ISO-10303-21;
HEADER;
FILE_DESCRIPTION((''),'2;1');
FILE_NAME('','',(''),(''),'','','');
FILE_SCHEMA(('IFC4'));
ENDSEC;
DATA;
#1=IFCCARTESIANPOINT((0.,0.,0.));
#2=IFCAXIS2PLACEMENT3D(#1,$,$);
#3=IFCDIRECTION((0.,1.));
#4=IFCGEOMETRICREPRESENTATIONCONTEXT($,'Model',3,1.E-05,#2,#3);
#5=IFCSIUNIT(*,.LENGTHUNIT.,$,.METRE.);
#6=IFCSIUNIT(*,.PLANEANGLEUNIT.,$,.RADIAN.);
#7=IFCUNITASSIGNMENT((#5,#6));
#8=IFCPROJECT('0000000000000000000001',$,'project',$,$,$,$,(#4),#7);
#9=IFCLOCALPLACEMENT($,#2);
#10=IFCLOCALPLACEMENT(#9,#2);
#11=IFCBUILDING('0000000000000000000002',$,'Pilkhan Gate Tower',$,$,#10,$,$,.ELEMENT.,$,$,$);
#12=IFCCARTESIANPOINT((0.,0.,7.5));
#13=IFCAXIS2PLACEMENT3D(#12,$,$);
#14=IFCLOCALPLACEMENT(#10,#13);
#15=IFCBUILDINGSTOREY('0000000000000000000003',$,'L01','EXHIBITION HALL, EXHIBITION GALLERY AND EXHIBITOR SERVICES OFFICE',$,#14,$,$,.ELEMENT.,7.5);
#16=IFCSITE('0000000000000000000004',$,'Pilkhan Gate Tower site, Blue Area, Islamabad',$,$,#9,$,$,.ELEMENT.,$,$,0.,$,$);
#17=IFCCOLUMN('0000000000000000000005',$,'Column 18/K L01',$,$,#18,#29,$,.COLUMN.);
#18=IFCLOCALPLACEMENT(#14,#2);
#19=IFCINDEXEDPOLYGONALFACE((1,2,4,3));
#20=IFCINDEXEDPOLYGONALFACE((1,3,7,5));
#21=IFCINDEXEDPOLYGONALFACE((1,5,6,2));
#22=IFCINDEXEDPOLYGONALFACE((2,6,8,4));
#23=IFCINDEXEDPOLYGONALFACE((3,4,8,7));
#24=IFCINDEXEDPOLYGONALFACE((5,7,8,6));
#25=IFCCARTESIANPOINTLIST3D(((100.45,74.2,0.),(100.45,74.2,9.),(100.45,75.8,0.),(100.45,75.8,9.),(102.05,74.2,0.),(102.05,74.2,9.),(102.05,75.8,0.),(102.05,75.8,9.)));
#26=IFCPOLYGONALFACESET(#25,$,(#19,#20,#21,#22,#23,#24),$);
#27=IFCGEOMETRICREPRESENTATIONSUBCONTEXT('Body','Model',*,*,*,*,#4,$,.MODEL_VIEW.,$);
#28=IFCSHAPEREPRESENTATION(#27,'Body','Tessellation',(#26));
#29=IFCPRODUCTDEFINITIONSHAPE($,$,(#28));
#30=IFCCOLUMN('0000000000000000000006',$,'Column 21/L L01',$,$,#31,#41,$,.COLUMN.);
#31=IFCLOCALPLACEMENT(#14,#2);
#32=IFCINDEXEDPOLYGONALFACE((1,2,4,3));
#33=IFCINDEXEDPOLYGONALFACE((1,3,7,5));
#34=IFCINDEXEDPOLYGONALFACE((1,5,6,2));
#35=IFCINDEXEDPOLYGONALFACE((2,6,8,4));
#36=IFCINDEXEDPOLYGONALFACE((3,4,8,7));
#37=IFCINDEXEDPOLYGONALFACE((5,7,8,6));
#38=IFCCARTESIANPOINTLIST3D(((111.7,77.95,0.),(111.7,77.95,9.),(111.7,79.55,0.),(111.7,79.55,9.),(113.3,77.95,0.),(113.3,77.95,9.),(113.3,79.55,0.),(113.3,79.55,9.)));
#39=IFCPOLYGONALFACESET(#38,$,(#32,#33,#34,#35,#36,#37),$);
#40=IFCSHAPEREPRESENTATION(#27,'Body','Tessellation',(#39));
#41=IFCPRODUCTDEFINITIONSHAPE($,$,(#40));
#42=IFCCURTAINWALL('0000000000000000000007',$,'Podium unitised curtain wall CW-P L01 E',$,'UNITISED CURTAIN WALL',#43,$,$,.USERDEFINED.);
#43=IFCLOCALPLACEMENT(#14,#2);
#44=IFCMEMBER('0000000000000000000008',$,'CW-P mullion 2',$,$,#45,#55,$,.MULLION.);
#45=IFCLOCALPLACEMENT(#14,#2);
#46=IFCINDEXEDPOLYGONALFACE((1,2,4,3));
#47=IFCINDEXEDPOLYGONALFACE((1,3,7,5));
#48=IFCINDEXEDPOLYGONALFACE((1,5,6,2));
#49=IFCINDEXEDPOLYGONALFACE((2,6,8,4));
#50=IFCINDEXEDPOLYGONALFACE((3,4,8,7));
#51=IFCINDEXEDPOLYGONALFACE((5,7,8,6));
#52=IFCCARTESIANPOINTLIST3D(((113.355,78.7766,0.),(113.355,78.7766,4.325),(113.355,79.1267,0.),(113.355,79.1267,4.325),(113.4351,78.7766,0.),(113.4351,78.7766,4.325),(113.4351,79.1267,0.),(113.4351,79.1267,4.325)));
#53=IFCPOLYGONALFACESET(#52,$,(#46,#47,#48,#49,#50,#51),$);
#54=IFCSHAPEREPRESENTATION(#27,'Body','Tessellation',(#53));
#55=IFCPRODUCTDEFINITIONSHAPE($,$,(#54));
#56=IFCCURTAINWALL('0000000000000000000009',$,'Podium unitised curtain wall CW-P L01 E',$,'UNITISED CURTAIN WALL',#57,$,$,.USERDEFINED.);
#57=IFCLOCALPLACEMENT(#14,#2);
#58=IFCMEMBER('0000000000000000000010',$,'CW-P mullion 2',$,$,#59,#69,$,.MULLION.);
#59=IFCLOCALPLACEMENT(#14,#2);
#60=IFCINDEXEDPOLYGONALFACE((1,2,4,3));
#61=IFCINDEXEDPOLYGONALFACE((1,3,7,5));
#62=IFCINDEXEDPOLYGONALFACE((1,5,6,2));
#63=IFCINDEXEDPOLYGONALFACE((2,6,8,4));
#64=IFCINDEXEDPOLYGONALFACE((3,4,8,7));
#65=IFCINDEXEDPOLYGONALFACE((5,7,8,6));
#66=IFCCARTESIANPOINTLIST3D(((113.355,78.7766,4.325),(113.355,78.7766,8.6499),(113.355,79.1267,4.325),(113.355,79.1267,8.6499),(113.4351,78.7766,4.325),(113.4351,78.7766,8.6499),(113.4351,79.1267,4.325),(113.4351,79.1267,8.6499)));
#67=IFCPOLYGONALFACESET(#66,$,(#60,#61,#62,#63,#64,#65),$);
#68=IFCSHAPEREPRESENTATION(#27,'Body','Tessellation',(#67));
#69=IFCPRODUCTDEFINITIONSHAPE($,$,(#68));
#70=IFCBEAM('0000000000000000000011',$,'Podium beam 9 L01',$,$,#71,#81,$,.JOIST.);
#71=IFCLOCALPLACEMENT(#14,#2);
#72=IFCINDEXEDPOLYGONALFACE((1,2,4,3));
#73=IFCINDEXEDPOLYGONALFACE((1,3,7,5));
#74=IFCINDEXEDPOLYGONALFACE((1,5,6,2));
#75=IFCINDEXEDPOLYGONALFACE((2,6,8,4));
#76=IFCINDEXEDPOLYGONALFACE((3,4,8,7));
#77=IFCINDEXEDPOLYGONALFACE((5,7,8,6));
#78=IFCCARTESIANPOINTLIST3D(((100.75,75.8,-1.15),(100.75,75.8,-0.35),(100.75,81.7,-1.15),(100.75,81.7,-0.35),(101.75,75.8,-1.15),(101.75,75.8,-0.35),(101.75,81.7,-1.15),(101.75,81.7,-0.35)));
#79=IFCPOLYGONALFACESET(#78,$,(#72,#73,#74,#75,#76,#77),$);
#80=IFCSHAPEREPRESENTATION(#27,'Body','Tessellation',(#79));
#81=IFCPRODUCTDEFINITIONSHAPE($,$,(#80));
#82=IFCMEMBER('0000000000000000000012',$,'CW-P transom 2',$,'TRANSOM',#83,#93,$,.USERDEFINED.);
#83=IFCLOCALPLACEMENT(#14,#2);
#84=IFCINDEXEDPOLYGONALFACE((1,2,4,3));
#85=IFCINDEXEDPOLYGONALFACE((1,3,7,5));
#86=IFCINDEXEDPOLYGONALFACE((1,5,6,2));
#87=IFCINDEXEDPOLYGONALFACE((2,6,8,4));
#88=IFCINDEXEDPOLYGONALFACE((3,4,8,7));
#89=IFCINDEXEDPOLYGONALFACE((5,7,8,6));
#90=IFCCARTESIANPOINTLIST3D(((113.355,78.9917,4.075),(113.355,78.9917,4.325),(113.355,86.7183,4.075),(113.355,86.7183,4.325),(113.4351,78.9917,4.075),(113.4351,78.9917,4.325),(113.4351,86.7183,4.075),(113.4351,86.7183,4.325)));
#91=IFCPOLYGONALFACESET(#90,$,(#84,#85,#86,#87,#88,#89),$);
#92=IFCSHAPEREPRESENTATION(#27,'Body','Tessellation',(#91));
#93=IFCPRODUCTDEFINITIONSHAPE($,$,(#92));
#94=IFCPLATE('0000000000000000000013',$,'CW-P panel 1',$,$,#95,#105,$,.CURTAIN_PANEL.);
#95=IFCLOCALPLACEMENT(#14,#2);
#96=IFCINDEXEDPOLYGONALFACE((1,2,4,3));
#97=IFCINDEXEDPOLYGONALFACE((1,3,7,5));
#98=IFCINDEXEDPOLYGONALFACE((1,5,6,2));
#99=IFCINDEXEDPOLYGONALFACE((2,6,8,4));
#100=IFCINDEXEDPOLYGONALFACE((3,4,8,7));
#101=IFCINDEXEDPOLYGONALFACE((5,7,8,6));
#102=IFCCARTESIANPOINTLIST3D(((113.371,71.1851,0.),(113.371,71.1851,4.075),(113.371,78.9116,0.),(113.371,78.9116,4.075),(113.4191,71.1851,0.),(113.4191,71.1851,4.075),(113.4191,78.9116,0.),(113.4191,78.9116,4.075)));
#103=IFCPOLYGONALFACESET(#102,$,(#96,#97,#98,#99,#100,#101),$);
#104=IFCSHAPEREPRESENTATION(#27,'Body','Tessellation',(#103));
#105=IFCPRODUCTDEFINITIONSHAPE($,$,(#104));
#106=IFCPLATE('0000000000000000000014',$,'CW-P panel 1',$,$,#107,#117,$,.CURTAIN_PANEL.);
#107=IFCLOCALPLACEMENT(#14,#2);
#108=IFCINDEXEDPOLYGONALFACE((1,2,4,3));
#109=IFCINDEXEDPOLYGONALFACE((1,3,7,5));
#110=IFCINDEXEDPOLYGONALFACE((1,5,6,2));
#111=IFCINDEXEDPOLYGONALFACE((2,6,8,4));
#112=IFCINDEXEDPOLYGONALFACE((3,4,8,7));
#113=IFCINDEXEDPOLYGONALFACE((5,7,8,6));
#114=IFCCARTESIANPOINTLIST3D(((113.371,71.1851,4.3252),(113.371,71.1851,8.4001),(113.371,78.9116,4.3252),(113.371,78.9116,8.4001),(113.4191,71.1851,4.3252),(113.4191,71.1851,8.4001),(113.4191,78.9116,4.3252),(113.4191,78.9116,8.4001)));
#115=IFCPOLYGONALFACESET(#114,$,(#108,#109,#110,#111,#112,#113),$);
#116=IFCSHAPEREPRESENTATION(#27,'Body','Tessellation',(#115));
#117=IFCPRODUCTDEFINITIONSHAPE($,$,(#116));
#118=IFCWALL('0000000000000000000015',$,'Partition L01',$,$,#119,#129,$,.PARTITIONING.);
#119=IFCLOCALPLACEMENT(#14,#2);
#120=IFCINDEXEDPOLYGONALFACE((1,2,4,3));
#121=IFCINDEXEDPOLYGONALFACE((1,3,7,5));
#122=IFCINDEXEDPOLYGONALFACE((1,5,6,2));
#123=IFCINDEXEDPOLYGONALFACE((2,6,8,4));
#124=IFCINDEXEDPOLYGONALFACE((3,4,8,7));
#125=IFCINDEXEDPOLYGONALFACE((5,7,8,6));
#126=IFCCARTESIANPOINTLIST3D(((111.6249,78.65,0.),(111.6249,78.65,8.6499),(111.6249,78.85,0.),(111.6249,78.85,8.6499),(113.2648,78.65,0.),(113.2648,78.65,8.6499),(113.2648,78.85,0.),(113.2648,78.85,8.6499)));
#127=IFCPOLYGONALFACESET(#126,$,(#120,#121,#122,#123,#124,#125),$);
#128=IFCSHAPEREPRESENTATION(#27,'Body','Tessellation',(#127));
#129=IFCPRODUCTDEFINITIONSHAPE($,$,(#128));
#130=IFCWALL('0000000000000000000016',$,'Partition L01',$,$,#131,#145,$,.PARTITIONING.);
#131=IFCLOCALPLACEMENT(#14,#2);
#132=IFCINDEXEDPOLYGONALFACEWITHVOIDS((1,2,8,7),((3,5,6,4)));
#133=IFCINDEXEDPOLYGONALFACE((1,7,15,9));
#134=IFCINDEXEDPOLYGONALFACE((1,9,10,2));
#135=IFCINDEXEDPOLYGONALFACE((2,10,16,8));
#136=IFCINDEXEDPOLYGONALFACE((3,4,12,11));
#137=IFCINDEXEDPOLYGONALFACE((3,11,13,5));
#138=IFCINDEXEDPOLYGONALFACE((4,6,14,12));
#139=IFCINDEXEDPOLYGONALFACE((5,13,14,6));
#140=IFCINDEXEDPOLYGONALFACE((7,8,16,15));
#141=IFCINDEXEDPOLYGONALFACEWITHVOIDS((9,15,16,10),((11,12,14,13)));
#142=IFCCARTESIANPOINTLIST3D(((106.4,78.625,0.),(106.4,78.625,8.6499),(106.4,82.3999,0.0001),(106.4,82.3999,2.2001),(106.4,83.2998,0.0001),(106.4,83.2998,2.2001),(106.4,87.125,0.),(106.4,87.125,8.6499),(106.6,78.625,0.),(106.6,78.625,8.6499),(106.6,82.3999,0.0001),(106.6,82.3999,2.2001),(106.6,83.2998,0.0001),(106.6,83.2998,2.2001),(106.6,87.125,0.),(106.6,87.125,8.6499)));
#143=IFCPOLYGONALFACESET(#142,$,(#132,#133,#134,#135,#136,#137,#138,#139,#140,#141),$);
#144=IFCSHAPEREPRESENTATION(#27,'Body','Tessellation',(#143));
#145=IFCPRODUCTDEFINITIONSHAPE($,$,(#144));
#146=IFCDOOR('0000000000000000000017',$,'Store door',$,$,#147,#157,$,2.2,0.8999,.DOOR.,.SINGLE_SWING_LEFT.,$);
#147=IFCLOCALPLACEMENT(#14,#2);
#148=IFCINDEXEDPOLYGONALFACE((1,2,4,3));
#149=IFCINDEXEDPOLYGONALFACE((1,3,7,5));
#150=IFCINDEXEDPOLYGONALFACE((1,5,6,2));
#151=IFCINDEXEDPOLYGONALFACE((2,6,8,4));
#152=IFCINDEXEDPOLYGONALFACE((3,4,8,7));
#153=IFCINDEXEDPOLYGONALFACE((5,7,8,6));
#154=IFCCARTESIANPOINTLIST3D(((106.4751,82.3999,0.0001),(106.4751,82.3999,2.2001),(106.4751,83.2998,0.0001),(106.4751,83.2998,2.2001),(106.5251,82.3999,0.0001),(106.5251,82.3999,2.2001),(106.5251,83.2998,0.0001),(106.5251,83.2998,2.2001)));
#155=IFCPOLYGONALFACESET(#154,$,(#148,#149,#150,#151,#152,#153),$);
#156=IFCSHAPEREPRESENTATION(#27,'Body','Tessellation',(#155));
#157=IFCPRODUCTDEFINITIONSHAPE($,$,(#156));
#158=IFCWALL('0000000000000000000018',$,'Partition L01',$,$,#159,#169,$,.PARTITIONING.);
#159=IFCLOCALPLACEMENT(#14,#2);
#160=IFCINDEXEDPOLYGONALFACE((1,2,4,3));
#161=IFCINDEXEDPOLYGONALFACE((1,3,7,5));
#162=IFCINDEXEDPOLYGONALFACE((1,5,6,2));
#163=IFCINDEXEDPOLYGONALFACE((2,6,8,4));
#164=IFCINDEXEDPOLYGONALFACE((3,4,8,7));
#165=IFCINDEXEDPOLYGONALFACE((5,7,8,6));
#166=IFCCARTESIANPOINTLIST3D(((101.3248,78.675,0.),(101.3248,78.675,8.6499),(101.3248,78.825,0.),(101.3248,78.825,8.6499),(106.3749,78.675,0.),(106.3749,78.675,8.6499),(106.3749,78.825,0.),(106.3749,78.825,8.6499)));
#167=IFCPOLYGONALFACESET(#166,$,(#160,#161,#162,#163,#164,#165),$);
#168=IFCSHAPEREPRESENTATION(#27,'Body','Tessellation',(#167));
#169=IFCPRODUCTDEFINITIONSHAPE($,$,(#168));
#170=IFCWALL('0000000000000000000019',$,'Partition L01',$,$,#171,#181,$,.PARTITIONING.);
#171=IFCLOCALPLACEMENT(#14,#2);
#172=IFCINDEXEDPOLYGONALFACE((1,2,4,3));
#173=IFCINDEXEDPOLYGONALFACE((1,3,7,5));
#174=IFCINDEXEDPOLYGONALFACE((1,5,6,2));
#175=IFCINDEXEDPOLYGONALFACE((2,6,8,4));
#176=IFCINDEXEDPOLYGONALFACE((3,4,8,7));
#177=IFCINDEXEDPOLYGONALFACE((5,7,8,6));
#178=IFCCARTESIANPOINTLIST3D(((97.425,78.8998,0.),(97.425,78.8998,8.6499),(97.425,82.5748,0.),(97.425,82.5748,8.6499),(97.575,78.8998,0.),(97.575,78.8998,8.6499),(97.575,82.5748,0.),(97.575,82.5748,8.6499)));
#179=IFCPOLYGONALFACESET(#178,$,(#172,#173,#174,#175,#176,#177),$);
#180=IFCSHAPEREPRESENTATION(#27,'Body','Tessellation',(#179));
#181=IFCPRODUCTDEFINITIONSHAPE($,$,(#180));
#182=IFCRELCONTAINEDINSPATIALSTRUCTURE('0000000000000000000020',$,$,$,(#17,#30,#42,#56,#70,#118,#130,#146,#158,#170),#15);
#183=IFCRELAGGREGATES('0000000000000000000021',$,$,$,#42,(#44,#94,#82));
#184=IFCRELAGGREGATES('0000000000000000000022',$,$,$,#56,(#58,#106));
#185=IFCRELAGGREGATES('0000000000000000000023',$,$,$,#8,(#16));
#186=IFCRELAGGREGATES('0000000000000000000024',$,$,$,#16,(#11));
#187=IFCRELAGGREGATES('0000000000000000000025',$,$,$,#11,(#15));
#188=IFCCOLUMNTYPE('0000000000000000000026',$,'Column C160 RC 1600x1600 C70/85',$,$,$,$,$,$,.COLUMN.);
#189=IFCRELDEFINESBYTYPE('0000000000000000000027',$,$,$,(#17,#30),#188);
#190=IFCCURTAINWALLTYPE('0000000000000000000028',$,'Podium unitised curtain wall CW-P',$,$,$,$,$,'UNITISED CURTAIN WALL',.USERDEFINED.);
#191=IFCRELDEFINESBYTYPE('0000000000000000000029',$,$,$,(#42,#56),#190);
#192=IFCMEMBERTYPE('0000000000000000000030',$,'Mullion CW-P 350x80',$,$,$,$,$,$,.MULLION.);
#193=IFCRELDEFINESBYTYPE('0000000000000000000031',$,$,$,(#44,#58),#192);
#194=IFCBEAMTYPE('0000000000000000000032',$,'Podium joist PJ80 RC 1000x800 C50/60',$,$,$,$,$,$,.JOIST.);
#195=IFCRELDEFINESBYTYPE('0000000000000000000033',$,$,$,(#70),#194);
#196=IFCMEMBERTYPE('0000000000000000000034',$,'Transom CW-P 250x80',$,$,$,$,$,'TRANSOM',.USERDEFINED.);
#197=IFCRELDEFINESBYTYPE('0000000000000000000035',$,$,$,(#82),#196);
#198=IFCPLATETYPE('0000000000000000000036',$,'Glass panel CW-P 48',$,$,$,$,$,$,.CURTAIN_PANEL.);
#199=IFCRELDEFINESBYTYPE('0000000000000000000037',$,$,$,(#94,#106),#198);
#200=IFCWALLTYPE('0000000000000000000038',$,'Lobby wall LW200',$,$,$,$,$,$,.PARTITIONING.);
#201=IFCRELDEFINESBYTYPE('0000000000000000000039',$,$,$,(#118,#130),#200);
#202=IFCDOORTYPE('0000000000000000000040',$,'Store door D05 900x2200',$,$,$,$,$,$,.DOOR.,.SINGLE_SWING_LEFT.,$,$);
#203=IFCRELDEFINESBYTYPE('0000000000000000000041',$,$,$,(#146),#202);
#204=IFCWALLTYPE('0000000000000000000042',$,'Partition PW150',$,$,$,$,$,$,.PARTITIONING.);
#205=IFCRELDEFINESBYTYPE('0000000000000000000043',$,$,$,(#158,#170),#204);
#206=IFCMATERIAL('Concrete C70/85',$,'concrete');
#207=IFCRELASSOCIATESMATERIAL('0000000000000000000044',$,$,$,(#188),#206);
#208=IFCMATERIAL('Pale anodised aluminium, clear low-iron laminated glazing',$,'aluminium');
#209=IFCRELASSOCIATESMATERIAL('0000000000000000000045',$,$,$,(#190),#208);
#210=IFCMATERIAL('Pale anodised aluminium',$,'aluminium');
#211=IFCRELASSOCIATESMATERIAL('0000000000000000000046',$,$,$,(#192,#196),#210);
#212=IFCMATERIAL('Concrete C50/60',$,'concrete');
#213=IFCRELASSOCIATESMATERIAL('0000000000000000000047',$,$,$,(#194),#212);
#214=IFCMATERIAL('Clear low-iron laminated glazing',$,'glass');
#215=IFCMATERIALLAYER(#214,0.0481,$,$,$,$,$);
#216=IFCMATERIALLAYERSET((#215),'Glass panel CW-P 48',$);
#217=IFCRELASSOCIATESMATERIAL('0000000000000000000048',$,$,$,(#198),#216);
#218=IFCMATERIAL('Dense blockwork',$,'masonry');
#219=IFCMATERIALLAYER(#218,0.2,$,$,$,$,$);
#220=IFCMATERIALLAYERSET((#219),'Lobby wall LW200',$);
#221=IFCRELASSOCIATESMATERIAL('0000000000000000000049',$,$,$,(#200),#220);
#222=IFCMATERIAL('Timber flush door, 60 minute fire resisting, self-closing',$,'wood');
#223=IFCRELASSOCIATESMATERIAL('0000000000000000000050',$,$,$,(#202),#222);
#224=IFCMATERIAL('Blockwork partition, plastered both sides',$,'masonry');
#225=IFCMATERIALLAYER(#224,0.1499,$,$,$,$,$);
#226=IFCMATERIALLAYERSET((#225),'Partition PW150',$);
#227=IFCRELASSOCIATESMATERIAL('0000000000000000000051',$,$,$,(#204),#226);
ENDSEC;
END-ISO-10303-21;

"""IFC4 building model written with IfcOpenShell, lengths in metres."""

from ifc_helpers import new_model, si_unit, direction, frame, frame_2d, origin, origin_2d, place, context, subcontext, project, spatial, rectangle, extrude, material, layer, layer_set, material_profile, profile_set, type_object, element, fill, aggregate, save


model = new_model("IFC4")

# Units and contexts
model_context = context("Model", 3, precision=1e-05, world=origin(), true_north=direction((0.0, 1.0)))
body_context = subcontext(model_context, "Body", "Model", "MODEL_VIEW")
ifc_project = project(units=[si_unit("LENGTHUNIT", "METRE"), si_unit("PLANEANGLEUNIT", "RADIAN")], contexts=[model_context])

# Site, building, storey
site_placement = place(None, origin())
site = spatial("IfcSite", under=ifc_project, at=site_placement, Name="Pilkhan Gate Tower site, Blue Area, Islamabad", CompositionType="ELEMENT", RefElevation=0.0)
building_placement = place(site_placement, origin())
building = spatial("IfcBuilding", under=site, at=building_placement, Name="Pilkhan Gate Tower", CompositionType="ELEMENT")
storey_placement = place(building_placement, frame((0.0, 0.0, 7.5)))
storey = spatial("IfcBuildingStorey", under=building, at=storey_placement, Name="L01", Description="EXHIBITION HALL, EXHIBITION GALLERY AND EXHIBITOR SERVICES OFFICE", CompositionType="ELEMENT", Elevation=7.5)

# Columns
ifc_material_1 = material(Name="Concrete C70/85", Category="concrete")
ifc_material_profile_1 = material_profile(ifc_material_1, rectangle(XDim=1.6001, YDim=1.6001, at=origin_2d()), Name="RC 1600x1600")
ifc_profile_set_1 = profile_set([ifc_material_profile_1], Name="Concrete C70/85")
column_type = type_object("IfcColumnType", Name="Column C160 RC 1600x1600 C70/85", PredefinedType="COLUMN", material=ifc_profile_set_1)
for number, where, z_axis, x_axis, name in (
    (1, (101.25, 75.0, 0.0), (0.0, 0.0, 1.0), (1.0, 0.0, 0.0), "Column 18/K L01"),
    (2, (112.5, 78.75, 0.0), (0.0, 0.0, 1.0), (1.0, 0.0, 0.0), "Column 21/L L01"),
):
    element("IfcColumn", number, at=place(storey_placement, frame(where, z_axis=z_axis, x_axis=x_axis)), inside=storey, type_object=column_type, Name=name, PredefinedType="COLUMN", context=body_context, shape_type="SweptSolid", body=[
        extrude(rectangle(XDim=1.6001, YDim=1.6001, at=origin_2d()), origin(), (0.0, 0.0, 1.0), 9.0),
    ])

# Curtain walls, members
ifc_material_2 = material(Name="Pale anodised aluminium, clear low-iron laminated glazing", Category="aluminium")
curtain_wall_type = type_object("IfcCurtainWallType", Name="Podium unitised curtain wall CW-P", ElementType="UNITISED CURTAIN WALL", PredefinedType="USERDEFINED", material=ifc_material_2)
curtain_wall_1_placement = place(storey_placement, origin())
curtain_wall_1 = element("IfcCurtainWall", 3, at=curtain_wall_1_placement, inside=storey, type_object=curtain_wall_type, Name="Podium unitised curtain wall CW-P L01 E", ObjectType="UNITISED CURTAIN WALL", PredefinedType="USERDEFINED")
ifc_material_3 = material(Name="Pale anodised aluminium", Category="aluminium")
ifc_material_profile_2 = material_profile(ifc_material_3, rectangle(XDim=0.0801, YDim=0.3501, at=origin_2d()), Name="Mullion 350x80")
ifc_profile_set_2 = profile_set([ifc_material_profile_2], Name="Pale anodised aluminium")
member_type_1 = type_object("IfcMemberType", Name="Mullion CW-P 350x80", PredefinedType="MULLION", material=ifc_profile_set_2)
member_1_placement = place(storey_placement, frame((113.395, 78.9517, 0.0), z_axis=(0.0, 0.0, 1.0), x_axis=(-1.0, 0.0, 0.0)))
member_1 = element("IfcMember", 4, at=member_1_placement, type_object=member_type_1, Name="CW-P mullion 2", PredefinedType="MULLION", context=body_context, shape_type="SweptSolid", body=[
    extrude(rectangle(XDim=0.0801, YDim=0.3501, at=origin_2d()), origin(), (0.0, 0.0, 1.0), 4.325),
])
curtain_wall_2_placement = place(storey_placement, origin())
curtain_wall_2 = element("IfcCurtainWall", 5, at=curtain_wall_2_placement, inside=storey, type_object=curtain_wall_type, Name="Podium unitised curtain wall CW-P L01 E", ObjectType="UNITISED CURTAIN WALL", PredefinedType="USERDEFINED")
member_2_placement = place(storey_placement, frame((113.395, 78.9517, 4.325), z_axis=(0.0, 0.0, 1.0), x_axis=(-1.0, 0.0, 0.0)))
member_2 = element("IfcMember", 6, at=member_2_placement, type_object=member_type_1, Name="CW-P mullion 2", PredefinedType="MULLION", context=body_context, shape_type="SweptSolid", body=[
    extrude(rectangle(XDim=0.0801, YDim=0.3501, at=origin_2d()), origin(), (0.0, 0.0, 1.0), 4.325),
])

# Beam
ifc_material_4 = material(Name="Concrete C50/60", Category="concrete")
ifc_material_profile_3 = material_profile(ifc_material_4, rectangle(XDim=1.0, YDim=0.8, at=origin_2d()), Name="RC 1000x800")
ifc_profile_set_3 = profile_set([ifc_material_profile_3], Name="Concrete C50/60")
beam_type = type_object("IfcBeamType", Name="Podium joist PJ80 RC 1000x800 C50/60", PredefinedType="JOIST", material=ifc_profile_set_3)
beam_placement = place(storey_placement, frame((101.25, 75.8, -0.75), z_axis=(0.0, 1.0, 0.0), x_axis=(-1.0, 0.0, 0.0)))
element("IfcBeam", 7, at=beam_placement, inside=storey, type_object=beam_type, Name="Podium beam 9 L01", PredefinedType="JOIST", context=body_context, shape_type="SweptSolid", body=[
    extrude(rectangle(XDim=1.0, YDim=0.8, at=origin_2d()), origin(), (0.0, 0.0, 1.0), 5.8999),
])

# Member
ifc_material_profile_4 = material_profile(ifc_material_3, rectangle(XDim=0.0801, YDim=0.25, at=origin_2d()), Name="Transom 250x80")
ifc_profile_set_4 = profile_set([ifc_material_profile_4], Name="Pale anodised aluminium")
member_type_2 = type_object("IfcMemberType", Name="Transom CW-P 250x80", ElementType="TRANSOM", PredefinedType="USERDEFINED", material=ifc_profile_set_4)
member_3_placement = place(storey_placement, frame((113.395, 78.9917, 4.2), z_axis=(0.0, 1.0, 0.0), x_axis=(-1.0, 0.0, 0.0)))
member_3 = element("IfcMember", 8, at=member_3_placement, type_object=member_type_2, Name="CW-P transom 2", ObjectType="TRANSOM", PredefinedType="USERDEFINED", context=body_context, shape_type="SweptSolid", body=[
    extrude(rectangle(XDim=0.0801, YDim=0.25, at=origin_2d()), origin(), (0.0, 0.0, 1.0), 7.7266),
])

# Plates
ifc_material_5 = material(Name="Clear low-iron laminated glazing", Category="glass")
ifc_layer_1 = layer(ifc_material_5, 0.0481)
ifc_layer_set_1 = layer_set([ifc_layer_1], Name="Glass panel CW-P 48")
plate_type = type_object("IfcPlateType", Name="Glass panel CW-P 48", PredefinedType="CURTAIN_PANEL", material=ifc_layer_set_1)
plate_1_placement = place(storey_placement, frame((113.395, 75.0483, 0.0), z_axis=(0.0, 0.0, 1.0), x_axis=(0.0, 1.0, 0.0)))
plate_1 = element("IfcPlate", 9, at=plate_1_placement, type_object=plate_type, Name="CW-P panel 1", PredefinedType="CURTAIN_PANEL", context=body_context, shape_type="SweptSolid", body=[
    extrude(rectangle(XDim=7.7266, YDim=0.0481, at=origin_2d()), origin(), (0.0, 0.0, 1.0), 4.075),
])
aggregate(curtain_wall_1, [member_1, plate_1, member_3])
plate_2_placement = place(storey_placement, frame((113.395, 75.0483, 4.3252), z_axis=(0.0, 0.0, 1.0), x_axis=(0.0, 1.0, 0.0)))
plate_2 = element("IfcPlate", 10, at=plate_2_placement, type_object=plate_type, Name="CW-P panel 1", PredefinedType="CURTAIN_PANEL", context=body_context, shape_type="SweptSolid", body=[
    extrude(rectangle(XDim=7.7266, YDim=0.0481, at=origin_2d()), origin(), (0.0, 0.0, 1.0), 4.075),
])
aggregate(curtain_wall_2, [member_2, plate_2])

# Wall
ifc_material_6 = material(Name="Dense blockwork", Category="masonry")
ifc_layer_2 = layer(ifc_material_6, 0.2)
ifc_layer_set_2 = layer_set([ifc_layer_2], Name="Lobby wall LW200")
wall_type_1 = type_object("IfcWallType", Name="Lobby wall LW200", PredefinedType="PARTITIONING", material=ifc_layer_set_2)
wall_1_placement = place(storey_placement, frame((111.625, 78.75, 0.0), z_axis=(0.0, 0.0, 1.0), x_axis=(1.0, 0.0, 0.0)))
element("IfcWall", 11, at=wall_1_placement, inside=storey, type_object=wall_type_1, Name="Partition L01", PredefinedType="PARTITIONING", context=body_context, shape_type="SweptSolid", body=[
    extrude(rectangle(XDim=1.6399, YDim=0.2, at=frame_2d((0.8198, 0.0))), origin(), (0.0, 0.0, 1.0), 8.6499),
])

# Wall, opening, door
wall_2_placement = place(storey_placement, frame((106.5, 78.625, 0.0), z_axis=(0.0, 0.0, 1.0), x_axis=(0.0, 1.0, 0.0)))
wall_2 = element("IfcWall", 12, at=wall_2_placement, inside=storey, type_object=wall_type_1, Name="Partition L01", PredefinedType="PARTITIONING", context=body_context, shape_type="SweptSolid", body=[
    extrude(rectangle(XDim=8.5, YDim=0.2, at=frame_2d((4.25, 0.0))), origin(), (0.0, 0.0, 1.0), 8.6499),
])
opening_1_placement = place(wall_2_placement, frame((3.7749, 0.0, 0.0)))
opening_1 = element("IfcOpeningElement", 13, at=opening_1_placement, cuts=wall_2, PredefinedType="OPENING", context=body_context, shape_type="SweptSolid", body=[
    extrude(rectangle(XDim=0.8999, YDim=2.2, at=frame_2d((0.45, 1.1001))), frame((0.0, 0.1099, 0.0), z_axis=(0.0, -1.0, 0.0), x_axis=(1.0, 0.0, 0.0)), (0.0, 0.0, 1.0), 0.22),
])
ifc_material_7 = material(Name="Timber flush door, 60 minute fire resisting, self-closing", Category="wood")
door_type_1 = type_object("IfcDoorType", Name="Store door D05 900x2200", OperationType="SINGLE_SWING_LEFT", PredefinedType="DOOR", material=ifc_material_7)
door_1_placement = place(opening_1_placement, origin())
door_1 = element("IfcDoor", 14, at=door_1_placement, inside=storey, type_object=door_type_1, Name="Store door", OperationType="SINGLE_SWING_LEFT", OverallHeight=2.2, OverallWidth=0.8999, PredefinedType="DOOR", context=body_context, shape_type="SweptSolid", body=[
    extrude(rectangle(XDim=0.8999, YDim=2.2, at=frame_2d((0.45, 1.1001))), frame((0.0, 0.0249, 0.0), z_axis=(0.0, -1.0, 0.0), x_axis=(1.0, 0.0, 0.0)), (0.0, 0.0, 1.0), 0.05),
])
fill(opening_1, door_1)

# Walls
ifc_material_8 = material(Name="Blockwork partition, plastered both sides", Category="masonry")
ifc_layer_3 = layer(ifc_material_8, 0.1499)
ifc_layer_set_3 = layer_set([ifc_layer_3], Name="Partition PW150")
wall_type_2 = type_object("IfcWallType", Name="Partition PW150", PredefinedType="PARTITIONING", material=ifc_layer_set_3)
wall_3_placement = place(storey_placement, frame((101.325, 78.75, 0.0), z_axis=(0.0, 0.0, 1.0), x_axis=(1.0, 0.0, 0.0)))
element("IfcWall", 15, at=wall_3_placement, inside=storey, type_object=wall_type_2, Name="Partition L01", PredefinedType="PARTITIONING", context=body_context, shape_type="SweptSolid", body=[
    extrude(rectangle(XDim=5.05, YDim=0.1499, at=frame_2d((2.5249, 0.0))), origin(), (0.0, 0.0, 1.0), 8.6499),
])
wall_4_placement = place(storey_placement, frame((97.5, 78.8999, 0.0), z_axis=(0.0, 0.0, 1.0), x_axis=(0.0, 1.0, 0.0)))
element("IfcWall", 16, at=wall_4_placement, inside=storey, type_object=wall_type_2, Name="Partition L01", PredefinedType="PARTITIONING", context=body_context, shape_type="SweptSolid", body=[
    extrude(rectangle(XDim=3.675, YDim=0.1499, at=frame_2d((1.8374, 0.0))), origin(), (0.0, 0.0, 1.0), 8.6499),
])

save(model, "model.ifc")
